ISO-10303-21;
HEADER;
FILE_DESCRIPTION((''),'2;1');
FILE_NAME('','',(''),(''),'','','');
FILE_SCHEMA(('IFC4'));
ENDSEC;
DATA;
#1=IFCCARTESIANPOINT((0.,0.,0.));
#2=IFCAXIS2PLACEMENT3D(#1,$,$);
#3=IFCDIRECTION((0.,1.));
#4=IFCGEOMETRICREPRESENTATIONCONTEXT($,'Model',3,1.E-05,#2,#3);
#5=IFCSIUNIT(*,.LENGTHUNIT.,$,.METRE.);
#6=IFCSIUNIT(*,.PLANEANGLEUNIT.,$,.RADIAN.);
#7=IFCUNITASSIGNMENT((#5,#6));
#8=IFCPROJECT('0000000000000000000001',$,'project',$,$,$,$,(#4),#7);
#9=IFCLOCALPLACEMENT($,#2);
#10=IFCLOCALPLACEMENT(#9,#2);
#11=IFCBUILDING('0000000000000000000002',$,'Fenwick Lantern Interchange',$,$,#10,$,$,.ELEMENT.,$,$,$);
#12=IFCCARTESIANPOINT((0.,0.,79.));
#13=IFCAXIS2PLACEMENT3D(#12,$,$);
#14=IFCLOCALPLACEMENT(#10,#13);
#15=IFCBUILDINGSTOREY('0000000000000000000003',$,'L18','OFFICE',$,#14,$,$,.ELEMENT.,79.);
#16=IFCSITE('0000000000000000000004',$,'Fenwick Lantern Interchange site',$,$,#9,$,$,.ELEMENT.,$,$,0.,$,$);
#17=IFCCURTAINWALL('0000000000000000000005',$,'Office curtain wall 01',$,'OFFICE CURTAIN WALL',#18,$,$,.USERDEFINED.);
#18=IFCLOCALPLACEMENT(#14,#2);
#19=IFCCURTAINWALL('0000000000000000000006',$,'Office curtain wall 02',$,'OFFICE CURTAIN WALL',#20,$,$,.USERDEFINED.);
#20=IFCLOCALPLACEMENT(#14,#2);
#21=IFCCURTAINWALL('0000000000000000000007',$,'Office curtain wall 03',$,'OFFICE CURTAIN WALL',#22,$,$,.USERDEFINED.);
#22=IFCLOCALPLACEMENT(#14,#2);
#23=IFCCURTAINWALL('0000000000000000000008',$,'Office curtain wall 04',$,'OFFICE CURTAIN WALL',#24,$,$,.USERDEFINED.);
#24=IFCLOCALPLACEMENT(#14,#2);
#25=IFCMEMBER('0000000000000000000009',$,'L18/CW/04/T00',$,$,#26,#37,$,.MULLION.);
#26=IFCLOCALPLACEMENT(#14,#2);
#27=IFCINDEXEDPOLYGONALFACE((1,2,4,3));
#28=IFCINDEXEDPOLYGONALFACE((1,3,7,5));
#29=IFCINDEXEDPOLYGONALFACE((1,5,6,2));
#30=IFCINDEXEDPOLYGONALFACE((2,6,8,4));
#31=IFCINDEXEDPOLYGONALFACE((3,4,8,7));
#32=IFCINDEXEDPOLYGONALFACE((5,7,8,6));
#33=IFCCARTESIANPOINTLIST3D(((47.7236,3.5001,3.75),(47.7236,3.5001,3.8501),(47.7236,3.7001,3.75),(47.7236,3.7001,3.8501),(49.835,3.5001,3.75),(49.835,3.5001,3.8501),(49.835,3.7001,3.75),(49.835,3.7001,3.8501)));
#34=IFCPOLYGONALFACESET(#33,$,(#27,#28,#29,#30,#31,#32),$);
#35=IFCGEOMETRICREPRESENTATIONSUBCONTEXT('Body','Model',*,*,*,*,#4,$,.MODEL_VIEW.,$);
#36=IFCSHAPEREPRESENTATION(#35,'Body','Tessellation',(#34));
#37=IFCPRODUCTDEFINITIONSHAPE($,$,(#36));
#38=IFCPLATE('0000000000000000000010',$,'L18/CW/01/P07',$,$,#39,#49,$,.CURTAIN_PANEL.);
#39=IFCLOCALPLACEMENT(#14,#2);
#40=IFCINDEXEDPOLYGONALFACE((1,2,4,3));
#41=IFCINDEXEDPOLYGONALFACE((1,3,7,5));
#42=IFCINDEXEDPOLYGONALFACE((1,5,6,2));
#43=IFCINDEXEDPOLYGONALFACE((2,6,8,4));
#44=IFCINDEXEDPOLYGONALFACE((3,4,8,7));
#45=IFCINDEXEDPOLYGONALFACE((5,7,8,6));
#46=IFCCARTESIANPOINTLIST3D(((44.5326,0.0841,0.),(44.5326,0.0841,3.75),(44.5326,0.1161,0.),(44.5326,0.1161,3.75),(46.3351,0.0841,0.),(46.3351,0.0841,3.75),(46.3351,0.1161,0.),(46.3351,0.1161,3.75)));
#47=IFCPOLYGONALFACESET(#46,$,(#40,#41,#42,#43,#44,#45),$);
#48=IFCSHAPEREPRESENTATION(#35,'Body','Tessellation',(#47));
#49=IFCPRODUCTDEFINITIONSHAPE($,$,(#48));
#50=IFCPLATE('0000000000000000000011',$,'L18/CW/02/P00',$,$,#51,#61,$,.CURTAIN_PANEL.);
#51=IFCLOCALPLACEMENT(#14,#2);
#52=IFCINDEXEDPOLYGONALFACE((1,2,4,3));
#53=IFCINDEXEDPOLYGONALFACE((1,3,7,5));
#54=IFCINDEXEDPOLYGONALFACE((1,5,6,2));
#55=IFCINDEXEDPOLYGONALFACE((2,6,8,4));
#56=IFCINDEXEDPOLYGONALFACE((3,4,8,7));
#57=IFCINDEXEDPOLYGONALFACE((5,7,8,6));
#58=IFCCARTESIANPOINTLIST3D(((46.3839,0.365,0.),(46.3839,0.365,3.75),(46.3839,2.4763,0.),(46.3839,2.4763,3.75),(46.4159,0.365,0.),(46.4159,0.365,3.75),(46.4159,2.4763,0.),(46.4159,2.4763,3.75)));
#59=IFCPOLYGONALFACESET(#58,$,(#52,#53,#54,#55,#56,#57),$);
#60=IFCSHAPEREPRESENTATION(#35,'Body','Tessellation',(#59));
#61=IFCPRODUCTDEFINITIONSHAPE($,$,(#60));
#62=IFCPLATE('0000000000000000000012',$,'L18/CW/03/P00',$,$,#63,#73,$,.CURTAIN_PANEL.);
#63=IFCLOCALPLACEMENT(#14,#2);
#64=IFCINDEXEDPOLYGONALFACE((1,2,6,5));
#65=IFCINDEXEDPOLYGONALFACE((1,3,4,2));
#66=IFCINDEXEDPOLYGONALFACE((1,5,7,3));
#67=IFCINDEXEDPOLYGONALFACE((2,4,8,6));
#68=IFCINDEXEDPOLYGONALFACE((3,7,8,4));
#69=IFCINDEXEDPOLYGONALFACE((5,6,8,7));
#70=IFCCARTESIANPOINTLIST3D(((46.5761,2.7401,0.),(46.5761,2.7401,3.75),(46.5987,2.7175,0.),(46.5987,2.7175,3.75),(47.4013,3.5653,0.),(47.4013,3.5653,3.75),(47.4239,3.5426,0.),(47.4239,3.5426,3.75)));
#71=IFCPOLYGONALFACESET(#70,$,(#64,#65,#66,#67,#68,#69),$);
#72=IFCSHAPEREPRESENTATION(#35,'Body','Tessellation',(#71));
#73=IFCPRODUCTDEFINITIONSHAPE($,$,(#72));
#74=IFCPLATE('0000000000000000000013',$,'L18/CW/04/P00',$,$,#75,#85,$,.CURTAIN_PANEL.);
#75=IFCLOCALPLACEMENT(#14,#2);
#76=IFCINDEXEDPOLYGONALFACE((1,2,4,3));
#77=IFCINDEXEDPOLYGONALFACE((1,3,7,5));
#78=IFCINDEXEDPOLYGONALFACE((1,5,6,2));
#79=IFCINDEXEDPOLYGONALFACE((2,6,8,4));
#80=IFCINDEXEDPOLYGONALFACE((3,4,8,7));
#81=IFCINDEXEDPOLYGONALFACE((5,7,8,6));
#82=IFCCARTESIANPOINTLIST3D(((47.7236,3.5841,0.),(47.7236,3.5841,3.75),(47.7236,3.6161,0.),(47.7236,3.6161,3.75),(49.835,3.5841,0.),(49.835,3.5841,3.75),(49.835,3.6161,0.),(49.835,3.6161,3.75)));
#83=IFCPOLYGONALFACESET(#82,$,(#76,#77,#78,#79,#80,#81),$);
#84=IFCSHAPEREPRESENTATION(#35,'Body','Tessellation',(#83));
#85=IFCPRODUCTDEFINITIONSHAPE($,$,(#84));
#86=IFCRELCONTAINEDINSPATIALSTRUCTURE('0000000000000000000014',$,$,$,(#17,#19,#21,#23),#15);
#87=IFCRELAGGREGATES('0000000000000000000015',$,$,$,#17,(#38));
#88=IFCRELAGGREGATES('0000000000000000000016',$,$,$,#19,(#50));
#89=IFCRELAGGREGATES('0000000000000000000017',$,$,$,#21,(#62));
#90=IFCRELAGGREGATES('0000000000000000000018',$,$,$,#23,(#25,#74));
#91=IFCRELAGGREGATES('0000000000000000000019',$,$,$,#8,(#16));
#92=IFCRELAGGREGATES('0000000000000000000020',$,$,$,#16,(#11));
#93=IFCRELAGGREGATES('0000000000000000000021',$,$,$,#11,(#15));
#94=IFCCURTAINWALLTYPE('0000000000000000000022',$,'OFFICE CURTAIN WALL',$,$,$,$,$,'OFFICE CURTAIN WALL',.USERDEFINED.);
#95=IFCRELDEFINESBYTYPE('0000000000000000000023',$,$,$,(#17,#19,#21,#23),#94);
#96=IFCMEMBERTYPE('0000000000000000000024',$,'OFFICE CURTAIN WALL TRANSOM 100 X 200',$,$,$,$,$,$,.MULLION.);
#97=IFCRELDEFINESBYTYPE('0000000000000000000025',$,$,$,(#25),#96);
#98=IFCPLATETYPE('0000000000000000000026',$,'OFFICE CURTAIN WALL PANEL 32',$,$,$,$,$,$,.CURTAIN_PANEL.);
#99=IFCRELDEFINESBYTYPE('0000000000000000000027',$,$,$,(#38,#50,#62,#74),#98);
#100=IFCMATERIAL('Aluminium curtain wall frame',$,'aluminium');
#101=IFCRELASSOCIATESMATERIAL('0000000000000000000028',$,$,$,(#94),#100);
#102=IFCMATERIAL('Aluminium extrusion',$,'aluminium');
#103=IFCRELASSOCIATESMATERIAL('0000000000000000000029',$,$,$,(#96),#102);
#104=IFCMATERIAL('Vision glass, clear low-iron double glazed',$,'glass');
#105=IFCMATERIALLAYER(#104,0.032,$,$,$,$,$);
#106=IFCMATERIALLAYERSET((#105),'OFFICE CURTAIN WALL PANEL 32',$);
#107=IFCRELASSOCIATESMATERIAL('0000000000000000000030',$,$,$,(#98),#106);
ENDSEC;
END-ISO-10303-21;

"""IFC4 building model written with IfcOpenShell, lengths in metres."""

from ifc_helpers import new_model, si_unit, direction, frame, origin, origin_2d, place, context, subcontext, project, spatial, rectangle, extrude, material, layer, layer_set, material_profile, profile_set, type_object, element, aggregate, save


model = new_model("IFC4")

# Units and contexts
model_context = context("Model", 3, precision=1e-05, world=origin(), true_north=direction((0.0, 1.0)))
body_context = subcontext(model_context, "Body", "Model", "MODEL_VIEW")
ifc_project = project(units=[si_unit("LENGTHUNIT", "METRE"), si_unit("PLANEANGLEUNIT", "RADIAN")], contexts=[model_context])

# Site, building, storey
site_placement = place(None, origin())
site = spatial("IfcSite", under=ifc_project, at=site_placement, Name="Fenwick Lantern Interchange site", CompositionType="ELEMENT", RefElevation=0.0)
building_placement = place(site_placement, origin())
building = spatial("IfcBuilding", under=site, at=building_placement, Name="Fenwick Lantern Interchange", CompositionType="ELEMENT")
storey_placement = place(building_placement, frame((0.0, 0.0, 79.0)))
storey = spatial("IfcBuildingStorey", under=building, at=storey_placement, Name="L18", Description="OFFICE", CompositionType="ELEMENT", Elevation=79.0)

# Curtain walls
ifc_material_1 = material(Name="Aluminium curtain wall frame", Category="aluminium")
curtain_wall_type = type_object("IfcCurtainWallType", Name="OFFICE CURTAIN WALL", ElementType="OFFICE CURTAIN WALL", PredefinedType="USERDEFINED", material=ifc_material_1)
curtain_wall_1_placement = place(storey_placement, origin())
curtain_wall_1 = element("IfcCurtainWall", 1, at=curtain_wall_1_placement, inside=storey, type_object=curtain_wall_type, Name="Office curtain wall 01", ObjectType="OFFICE CURTAIN WALL", PredefinedType="USERDEFINED")
ifc_material_2 = material(Name="Aluminium extrusion", Category="aluminium")
curtain_wall_2_placement = place(storey_placement, origin())
curtain_wall_2 = element("IfcCurtainWall", 2, at=curtain_wall_2_placement, inside=storey, type_object=curtain_wall_type, Name="Office curtain wall 02", ObjectType="OFFICE CURTAIN WALL", PredefinedType="USERDEFINED")
curtain_wall_3_placement = place(storey_placement, origin())
curtain_wall_3 = element("IfcCurtainWall", 3, at=curtain_wall_3_placement, inside=storey, type_object=curtain_wall_type, Name="Office curtain wall 03", ObjectType="OFFICE CURTAIN WALL", PredefinedType="USERDEFINED")
curtain_wall_4_placement = place(storey_placement, origin())
curtain_wall_4 = element("IfcCurtainWall", 4, at=curtain_wall_4_placement, inside=storey, type_object=curtain_wall_type, Name="Office curtain wall 04", ObjectType="OFFICE CURTAIN WALL", PredefinedType="USERDEFINED")

# Member
ifc_material_profile_1 = material_profile(ifc_material_2, rectangle(XDim=0.2, YDim=0.1001, at=origin_2d()), Name="OFFICE CURTAIN WALL TRANSOM 100 X 200")
ifc_profile_set_1 = profile_set([ifc_material_profile_1], Name="Aluminium extrusion")
member_type_1 = type_object("IfcMemberType", Name="OFFICE CURTAIN WALL TRANSOM 100 X 200", PredefinedType="MULLION", material=ifc_profile_set_1)
member_1_placement = place(storey_placement, frame((47.7236, 3.6001, 3.8), z_axis=(1.0, 0.0, 0.0), x_axis=(0.0, 1.0, 0.0)))
member_1 = element("IfcMember", 5, at=member_1_placement, type_object=member_type_1, Name="L18/CW/04/T00", PredefinedType="MULLION", context=body_context, shape_type="SweptSolid", body=[
    extrude(rectangle(XDim=0.2, YDim=0.1001, at=origin_2d()), origin(), (0.0, 0.0, 1.0), 2.1113),
])

# Plates
ifc_material_3 = material(Name="Vision glass, clear low-iron double glazed", Category="glass")
ifc_layer_1 = layer(ifc_material_3, 0.032)
ifc_layer_set_1 = layer_set([ifc_layer_1], Name="OFFICE CURTAIN WALL PANEL 32")
plate_type = type_object("IfcPlateType", Name="OFFICE CURTAIN WALL PANEL 32", PredefinedType="CURTAIN_PANEL", material=ifc_layer_set_1)
plate_1_placement = place(storey_placement, frame((45.4338, 0.1001, 0.0), z_axis=(0.0, 0.0, 1.0), x_axis=(1.0, 0.0, 0.0)))
plate_1 = element("IfcPlate", 6, at=plate_1_placement, type_object=plate_type, Name="L18/CW/01/P07", PredefinedType="CURTAIN_PANEL", context=body_context, shape_type="SweptSolid", body=[
    extrude(rectangle(XDim=1.8025, YDim=0.032, at=origin_2d()), origin(), (0.0, 0.0, 1.0), 3.75),
])
aggregate(curtain_wall_1, [plate_1])
plate_2_placement = place(storey_placement, frame((46.3999, 1.4207, 0.0), z_axis=(0.0, 0.0, 1.0), x_axis=(0.0, 1.0, 0.0)))
plate_2 = element("IfcPlate", 7, at=plate_2_placement, type_object=plate_type, Name="L18/CW/02/P00", PredefinedType="CURTAIN_PANEL", context=body_context, shape_type="SweptSolid", body=[
    extrude(rectangle(XDim=2.1113, YDim=0.032, at=origin_2d()), origin(), (0.0, 0.0, 1.0), 3.75),
])
aggregate(curtain_wall_2, [plate_2])
plate_3_placement = place(storey_placement, frame((47.0, 3.1414, 0.0), z_axis=(0.0, 0.0, 1.0), x_axis=(0.707107, 0.707107, 0.0)))
plate_3 = element("IfcPlate", 8, at=plate_3_placement, type_object=plate_type, Name="L18/CW/03/P00", PredefinedType="CURTAIN_PANEL", context=body_context, shape_type="SweptSolid", body=[
    extrude(rectangle(XDim=1.167, YDim=0.032, at=origin_2d()), origin(), (0.0, 0.0, 1.0), 3.75),
])
aggregate(curtain_wall_3, [plate_3])
plate_4_placement = place(storey_placement, frame((48.7793, 3.6001, 0.0), z_axis=(0.0, 0.0, 1.0), x_axis=(1.0, 0.0, 0.0)))
plate_4 = element("IfcPlate", 9, at=plate_4_placement, type_object=plate_type, Name="L18/CW/04/P00", PredefinedType="CURTAIN_PANEL", context=body_context, shape_type="SweptSolid", body=[
    extrude(rectangle(XDim=2.1113, YDim=0.032, at=origin_2d()), origin(), (0.0, 0.0, 1.0), 3.75),
])
aggregate(curtain_wall_4, [member_1, plate_4])

save(model, "model.ifc")
